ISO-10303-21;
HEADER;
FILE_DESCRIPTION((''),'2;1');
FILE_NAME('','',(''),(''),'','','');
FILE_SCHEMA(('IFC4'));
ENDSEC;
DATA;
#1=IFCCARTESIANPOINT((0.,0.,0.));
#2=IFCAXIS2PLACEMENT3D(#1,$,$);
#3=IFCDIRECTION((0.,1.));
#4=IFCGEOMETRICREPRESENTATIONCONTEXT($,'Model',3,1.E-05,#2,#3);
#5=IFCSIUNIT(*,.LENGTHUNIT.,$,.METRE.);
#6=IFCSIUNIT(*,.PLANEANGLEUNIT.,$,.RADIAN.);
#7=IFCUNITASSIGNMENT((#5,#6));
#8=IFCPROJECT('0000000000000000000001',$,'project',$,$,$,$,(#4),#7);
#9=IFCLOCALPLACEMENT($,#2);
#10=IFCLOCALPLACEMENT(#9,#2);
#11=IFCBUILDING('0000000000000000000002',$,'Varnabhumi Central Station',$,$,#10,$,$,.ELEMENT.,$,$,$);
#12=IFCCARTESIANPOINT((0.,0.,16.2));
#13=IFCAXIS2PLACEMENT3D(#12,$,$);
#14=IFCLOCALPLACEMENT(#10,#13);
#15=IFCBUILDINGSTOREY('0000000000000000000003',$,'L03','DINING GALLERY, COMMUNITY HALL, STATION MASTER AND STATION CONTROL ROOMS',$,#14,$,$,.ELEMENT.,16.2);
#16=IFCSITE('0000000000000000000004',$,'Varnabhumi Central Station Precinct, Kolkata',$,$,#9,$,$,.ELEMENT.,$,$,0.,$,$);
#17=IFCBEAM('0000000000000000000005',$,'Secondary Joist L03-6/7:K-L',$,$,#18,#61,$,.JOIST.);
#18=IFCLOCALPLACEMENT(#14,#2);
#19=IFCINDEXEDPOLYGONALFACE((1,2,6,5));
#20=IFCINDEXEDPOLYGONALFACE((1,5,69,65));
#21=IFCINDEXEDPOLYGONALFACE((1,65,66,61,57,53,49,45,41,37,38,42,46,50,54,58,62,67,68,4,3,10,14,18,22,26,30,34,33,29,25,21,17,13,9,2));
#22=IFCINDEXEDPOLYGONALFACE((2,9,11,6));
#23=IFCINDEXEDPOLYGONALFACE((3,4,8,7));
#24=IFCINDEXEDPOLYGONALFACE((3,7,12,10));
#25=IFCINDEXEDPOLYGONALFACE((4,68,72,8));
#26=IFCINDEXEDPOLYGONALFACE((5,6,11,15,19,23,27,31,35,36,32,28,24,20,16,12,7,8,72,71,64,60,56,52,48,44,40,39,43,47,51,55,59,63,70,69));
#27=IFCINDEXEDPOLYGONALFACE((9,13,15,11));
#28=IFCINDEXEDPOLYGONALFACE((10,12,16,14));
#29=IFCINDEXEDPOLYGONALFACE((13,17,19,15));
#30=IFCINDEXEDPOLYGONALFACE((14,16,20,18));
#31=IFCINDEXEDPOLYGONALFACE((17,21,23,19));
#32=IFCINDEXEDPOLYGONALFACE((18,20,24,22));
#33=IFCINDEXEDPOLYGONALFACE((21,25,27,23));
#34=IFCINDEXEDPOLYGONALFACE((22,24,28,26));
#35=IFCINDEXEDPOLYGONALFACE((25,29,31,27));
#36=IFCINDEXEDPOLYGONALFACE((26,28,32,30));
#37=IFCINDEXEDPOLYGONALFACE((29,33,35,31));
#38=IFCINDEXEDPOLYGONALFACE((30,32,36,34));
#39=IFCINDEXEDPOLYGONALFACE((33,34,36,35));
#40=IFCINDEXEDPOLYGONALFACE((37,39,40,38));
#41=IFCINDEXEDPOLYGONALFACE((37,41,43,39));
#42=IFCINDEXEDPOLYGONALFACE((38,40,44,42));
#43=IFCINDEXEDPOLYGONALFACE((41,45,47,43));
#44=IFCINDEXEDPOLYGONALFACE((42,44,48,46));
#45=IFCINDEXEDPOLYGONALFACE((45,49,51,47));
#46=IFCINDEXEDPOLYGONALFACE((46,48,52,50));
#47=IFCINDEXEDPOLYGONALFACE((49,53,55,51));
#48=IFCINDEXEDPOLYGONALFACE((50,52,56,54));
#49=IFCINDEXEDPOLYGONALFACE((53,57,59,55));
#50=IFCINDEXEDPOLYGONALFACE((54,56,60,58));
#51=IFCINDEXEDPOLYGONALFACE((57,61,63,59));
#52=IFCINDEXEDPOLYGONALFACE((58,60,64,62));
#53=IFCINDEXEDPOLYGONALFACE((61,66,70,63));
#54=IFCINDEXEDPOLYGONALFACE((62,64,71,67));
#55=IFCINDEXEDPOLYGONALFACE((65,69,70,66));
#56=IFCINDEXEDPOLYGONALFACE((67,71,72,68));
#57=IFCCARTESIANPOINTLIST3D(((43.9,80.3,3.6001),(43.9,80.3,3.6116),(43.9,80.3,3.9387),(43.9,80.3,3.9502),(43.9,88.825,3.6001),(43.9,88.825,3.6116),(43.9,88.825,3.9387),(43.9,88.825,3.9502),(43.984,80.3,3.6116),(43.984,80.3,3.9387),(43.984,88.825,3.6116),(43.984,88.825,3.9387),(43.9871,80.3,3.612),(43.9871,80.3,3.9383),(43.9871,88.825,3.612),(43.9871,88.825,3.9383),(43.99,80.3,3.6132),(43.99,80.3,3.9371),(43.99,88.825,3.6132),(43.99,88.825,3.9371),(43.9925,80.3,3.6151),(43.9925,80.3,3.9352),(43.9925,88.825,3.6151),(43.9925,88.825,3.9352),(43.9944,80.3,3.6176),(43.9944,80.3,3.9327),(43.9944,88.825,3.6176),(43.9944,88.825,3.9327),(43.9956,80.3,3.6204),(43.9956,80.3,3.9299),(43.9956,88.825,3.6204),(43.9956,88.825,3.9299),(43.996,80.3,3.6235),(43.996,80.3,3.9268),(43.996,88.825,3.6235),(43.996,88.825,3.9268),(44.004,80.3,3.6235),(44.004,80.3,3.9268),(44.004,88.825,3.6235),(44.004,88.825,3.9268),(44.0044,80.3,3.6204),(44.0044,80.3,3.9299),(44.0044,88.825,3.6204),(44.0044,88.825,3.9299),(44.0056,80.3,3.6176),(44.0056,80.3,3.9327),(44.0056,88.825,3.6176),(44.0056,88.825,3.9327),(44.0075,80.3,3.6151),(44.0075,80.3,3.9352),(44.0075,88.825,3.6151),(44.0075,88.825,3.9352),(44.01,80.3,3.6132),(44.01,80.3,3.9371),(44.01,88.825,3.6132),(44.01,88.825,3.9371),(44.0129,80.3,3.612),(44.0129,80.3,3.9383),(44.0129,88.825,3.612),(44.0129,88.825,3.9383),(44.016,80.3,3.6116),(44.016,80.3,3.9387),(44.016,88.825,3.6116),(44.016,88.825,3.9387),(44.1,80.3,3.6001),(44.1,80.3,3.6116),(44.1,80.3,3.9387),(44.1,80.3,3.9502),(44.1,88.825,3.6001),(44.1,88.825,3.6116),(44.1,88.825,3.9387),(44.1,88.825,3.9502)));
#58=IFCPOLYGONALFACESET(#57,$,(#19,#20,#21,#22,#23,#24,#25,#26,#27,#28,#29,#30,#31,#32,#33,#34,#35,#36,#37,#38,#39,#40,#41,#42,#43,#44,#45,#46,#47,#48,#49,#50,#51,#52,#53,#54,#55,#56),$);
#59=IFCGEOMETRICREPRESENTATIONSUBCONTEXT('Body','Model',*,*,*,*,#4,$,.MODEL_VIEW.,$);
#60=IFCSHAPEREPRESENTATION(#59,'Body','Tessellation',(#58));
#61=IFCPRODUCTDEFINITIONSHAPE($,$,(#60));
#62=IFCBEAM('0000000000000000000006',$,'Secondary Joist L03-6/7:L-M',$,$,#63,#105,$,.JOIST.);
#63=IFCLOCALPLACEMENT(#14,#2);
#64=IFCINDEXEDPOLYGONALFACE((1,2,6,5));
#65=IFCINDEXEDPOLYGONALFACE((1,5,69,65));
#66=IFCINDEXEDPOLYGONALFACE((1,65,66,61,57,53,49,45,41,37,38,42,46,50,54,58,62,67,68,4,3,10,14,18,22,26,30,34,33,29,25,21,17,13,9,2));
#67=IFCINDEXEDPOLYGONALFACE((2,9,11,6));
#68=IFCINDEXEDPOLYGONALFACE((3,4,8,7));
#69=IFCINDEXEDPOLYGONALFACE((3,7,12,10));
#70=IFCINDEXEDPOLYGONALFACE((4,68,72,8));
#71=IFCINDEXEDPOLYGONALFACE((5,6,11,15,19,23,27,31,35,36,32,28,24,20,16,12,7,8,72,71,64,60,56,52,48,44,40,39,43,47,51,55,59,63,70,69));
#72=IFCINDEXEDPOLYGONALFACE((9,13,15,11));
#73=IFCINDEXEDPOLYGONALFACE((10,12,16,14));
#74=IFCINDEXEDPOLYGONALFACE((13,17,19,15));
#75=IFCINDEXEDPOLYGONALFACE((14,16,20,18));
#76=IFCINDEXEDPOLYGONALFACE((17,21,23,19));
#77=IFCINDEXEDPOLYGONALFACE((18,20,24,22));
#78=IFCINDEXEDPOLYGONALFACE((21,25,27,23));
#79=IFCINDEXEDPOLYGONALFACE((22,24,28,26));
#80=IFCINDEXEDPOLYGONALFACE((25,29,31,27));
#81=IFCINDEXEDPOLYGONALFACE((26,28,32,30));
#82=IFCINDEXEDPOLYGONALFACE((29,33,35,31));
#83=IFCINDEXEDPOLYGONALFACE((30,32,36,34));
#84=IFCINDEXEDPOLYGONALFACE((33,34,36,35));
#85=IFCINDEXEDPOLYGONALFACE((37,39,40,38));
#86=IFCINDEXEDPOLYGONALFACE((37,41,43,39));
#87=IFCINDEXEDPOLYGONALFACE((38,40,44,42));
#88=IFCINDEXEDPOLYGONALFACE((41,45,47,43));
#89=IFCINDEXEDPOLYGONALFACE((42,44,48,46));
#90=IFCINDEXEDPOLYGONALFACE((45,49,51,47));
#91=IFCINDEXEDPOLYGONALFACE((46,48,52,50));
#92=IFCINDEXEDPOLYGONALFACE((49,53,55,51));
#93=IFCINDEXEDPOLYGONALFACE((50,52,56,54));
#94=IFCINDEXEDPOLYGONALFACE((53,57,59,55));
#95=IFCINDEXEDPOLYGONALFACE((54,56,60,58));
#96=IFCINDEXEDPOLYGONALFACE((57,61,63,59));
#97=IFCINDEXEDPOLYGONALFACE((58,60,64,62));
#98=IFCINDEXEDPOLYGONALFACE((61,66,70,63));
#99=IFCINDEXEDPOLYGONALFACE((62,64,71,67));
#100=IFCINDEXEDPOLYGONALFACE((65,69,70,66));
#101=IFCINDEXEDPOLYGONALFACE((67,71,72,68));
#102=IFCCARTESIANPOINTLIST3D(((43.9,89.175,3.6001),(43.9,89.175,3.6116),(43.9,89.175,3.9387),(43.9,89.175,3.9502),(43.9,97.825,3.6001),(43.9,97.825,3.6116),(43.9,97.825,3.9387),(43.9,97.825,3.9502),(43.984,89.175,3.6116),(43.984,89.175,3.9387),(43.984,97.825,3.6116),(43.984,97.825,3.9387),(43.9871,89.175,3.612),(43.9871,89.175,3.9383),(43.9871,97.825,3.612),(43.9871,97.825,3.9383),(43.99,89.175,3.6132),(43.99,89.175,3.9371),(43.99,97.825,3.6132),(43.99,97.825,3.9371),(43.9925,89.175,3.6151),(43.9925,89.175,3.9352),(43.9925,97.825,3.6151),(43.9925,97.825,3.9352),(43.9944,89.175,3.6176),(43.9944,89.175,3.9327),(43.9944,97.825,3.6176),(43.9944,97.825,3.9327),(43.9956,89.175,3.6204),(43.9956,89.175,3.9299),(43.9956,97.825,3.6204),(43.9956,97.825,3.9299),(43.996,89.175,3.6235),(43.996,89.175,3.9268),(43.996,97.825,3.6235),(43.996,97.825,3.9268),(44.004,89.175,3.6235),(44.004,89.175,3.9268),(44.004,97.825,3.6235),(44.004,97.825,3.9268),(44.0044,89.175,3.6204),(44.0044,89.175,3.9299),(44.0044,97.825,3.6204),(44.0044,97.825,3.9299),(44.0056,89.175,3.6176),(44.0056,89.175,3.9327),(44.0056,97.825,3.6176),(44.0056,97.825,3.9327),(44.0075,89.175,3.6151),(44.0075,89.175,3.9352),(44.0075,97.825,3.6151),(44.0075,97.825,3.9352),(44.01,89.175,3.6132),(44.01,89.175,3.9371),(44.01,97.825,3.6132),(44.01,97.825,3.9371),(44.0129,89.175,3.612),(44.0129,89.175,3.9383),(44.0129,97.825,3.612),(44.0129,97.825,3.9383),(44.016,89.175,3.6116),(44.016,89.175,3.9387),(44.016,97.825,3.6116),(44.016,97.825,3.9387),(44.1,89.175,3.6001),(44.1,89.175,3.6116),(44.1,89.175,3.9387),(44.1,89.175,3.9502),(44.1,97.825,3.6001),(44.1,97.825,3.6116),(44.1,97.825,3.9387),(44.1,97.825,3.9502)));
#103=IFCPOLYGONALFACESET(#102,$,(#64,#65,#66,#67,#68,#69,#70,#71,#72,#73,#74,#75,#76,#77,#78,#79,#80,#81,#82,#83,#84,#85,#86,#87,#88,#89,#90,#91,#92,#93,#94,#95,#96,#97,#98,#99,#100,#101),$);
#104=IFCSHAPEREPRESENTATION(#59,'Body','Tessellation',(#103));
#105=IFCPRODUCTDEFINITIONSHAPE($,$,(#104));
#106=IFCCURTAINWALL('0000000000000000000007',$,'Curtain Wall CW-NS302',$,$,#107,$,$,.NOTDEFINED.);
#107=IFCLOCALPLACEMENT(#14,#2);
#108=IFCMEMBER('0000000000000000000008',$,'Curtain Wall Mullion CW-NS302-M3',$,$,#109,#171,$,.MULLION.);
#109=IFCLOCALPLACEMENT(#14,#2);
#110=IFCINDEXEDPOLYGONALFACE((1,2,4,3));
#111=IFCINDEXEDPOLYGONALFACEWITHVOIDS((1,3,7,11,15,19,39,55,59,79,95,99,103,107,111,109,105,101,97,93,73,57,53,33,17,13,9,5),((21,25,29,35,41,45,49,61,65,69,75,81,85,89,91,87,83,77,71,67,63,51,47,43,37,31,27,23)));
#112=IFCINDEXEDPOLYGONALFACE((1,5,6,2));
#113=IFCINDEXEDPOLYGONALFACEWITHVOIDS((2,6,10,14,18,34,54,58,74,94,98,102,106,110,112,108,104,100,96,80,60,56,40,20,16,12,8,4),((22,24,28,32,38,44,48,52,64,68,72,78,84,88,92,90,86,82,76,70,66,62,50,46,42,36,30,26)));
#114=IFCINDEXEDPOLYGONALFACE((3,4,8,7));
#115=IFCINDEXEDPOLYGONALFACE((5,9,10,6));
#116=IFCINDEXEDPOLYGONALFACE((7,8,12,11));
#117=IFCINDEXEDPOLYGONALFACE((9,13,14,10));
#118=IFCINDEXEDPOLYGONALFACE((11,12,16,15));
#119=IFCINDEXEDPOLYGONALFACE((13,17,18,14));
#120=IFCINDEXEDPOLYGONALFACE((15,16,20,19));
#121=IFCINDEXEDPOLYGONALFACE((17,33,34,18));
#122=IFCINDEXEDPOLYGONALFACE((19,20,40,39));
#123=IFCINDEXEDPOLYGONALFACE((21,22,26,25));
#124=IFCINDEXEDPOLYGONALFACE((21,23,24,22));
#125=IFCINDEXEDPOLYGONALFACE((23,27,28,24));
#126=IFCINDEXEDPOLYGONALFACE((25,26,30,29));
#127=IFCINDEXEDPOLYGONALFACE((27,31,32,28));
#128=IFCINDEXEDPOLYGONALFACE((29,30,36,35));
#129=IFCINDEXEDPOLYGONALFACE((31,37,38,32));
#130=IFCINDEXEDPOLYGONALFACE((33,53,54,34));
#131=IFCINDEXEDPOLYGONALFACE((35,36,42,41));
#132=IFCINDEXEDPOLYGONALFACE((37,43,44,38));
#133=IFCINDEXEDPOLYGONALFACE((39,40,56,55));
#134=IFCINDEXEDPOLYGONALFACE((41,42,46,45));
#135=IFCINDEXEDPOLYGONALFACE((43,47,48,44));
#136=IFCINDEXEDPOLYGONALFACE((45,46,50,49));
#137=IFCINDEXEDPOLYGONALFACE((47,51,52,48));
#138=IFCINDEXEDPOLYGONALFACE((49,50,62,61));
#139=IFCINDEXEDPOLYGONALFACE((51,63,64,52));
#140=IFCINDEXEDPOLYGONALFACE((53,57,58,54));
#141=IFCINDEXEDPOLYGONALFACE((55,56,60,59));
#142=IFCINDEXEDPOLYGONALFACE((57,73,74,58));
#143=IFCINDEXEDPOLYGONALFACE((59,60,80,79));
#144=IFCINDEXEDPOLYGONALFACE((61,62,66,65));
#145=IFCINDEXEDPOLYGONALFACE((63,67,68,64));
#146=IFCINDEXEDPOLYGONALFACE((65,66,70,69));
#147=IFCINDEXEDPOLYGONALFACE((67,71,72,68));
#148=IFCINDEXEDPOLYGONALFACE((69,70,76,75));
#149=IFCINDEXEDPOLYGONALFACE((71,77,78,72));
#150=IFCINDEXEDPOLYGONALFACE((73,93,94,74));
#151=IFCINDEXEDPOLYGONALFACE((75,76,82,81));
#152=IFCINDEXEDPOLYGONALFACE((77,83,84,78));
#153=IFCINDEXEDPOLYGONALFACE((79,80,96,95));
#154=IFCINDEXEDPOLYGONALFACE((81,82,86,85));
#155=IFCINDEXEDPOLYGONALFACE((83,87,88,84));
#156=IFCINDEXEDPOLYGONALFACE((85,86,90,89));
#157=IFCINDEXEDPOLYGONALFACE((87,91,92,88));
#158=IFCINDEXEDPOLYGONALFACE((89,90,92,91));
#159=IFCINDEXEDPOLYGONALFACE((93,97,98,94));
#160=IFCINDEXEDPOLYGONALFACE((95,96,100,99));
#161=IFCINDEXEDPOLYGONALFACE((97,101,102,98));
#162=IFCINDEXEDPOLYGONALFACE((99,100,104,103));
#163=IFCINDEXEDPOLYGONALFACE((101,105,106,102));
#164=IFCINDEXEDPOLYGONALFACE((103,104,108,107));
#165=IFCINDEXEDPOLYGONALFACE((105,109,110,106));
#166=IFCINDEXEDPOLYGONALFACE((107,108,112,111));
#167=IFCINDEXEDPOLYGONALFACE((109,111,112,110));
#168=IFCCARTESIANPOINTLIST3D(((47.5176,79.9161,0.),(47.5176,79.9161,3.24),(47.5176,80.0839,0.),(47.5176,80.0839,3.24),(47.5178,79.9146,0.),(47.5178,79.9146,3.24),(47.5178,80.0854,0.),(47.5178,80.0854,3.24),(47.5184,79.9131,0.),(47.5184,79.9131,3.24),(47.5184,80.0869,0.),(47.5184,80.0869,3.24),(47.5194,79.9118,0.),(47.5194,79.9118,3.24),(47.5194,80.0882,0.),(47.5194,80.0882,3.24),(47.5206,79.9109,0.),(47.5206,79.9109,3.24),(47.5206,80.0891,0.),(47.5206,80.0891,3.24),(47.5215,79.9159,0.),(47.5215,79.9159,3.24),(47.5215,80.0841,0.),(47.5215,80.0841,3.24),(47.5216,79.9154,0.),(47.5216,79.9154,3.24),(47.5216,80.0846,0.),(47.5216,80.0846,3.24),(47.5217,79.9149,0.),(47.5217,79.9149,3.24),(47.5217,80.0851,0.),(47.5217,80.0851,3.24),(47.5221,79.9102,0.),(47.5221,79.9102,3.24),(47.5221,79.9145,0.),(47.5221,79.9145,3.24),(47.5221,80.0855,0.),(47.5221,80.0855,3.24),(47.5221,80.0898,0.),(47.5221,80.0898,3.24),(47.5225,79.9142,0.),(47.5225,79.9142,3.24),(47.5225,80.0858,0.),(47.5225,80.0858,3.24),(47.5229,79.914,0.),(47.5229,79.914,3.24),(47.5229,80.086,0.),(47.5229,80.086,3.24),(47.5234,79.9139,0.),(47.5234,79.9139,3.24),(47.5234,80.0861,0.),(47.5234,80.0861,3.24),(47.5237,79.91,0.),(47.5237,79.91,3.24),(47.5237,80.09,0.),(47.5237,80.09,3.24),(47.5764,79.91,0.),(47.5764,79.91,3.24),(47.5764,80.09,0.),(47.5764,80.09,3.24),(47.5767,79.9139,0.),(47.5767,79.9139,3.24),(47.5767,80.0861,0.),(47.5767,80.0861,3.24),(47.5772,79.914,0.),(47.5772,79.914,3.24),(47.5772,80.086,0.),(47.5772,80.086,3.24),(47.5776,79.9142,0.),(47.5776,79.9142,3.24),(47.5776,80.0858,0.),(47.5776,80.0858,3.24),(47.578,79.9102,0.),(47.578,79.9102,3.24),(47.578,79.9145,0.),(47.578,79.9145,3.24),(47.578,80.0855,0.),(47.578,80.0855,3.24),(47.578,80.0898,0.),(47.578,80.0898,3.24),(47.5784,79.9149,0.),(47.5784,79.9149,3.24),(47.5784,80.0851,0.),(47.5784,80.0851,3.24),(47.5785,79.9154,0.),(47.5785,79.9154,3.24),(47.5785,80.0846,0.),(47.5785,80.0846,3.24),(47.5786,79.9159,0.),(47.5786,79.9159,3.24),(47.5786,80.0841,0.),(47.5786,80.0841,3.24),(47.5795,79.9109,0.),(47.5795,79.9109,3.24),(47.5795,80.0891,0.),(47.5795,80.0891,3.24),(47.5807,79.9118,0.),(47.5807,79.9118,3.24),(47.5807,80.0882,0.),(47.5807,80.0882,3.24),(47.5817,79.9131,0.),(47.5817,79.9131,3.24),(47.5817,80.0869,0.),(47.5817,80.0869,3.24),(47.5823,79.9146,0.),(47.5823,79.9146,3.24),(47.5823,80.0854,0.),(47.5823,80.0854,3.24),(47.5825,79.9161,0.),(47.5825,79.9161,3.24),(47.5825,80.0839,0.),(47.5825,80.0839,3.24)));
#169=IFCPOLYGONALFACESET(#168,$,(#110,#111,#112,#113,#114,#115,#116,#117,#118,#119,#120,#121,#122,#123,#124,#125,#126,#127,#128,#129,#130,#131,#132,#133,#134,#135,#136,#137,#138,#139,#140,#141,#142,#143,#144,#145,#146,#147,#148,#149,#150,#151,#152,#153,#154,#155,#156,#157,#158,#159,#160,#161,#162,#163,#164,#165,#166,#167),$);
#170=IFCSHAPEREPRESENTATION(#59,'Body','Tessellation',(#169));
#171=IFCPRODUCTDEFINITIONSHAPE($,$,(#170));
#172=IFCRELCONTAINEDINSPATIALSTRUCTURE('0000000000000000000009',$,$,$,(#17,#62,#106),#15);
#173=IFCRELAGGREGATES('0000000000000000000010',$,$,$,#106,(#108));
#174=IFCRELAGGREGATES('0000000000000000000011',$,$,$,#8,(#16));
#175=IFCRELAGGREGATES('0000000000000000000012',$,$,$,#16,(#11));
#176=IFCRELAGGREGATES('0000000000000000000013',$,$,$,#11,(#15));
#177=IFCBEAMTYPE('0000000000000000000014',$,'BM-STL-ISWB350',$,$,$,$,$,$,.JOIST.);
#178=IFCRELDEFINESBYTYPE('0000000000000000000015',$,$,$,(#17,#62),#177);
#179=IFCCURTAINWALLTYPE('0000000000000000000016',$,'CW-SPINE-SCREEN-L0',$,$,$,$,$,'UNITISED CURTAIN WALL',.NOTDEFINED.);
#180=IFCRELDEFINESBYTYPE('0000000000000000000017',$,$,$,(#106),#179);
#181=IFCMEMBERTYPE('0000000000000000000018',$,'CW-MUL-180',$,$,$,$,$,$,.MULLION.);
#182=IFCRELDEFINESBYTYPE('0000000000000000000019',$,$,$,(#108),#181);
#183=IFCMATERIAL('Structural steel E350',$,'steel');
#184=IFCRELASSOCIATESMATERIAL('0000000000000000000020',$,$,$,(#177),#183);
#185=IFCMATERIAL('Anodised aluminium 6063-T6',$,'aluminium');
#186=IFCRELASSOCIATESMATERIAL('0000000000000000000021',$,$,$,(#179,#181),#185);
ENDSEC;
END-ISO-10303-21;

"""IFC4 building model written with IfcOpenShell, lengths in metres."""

from ifc_helpers import new_model, si_unit, direction, frame, origin, origin_2d, place, context, subcontext, project, spatial, hollow_rectangle, i_section, extrude, material, material_profile, profile_set, type_object, element, aggregate, save


model = new_model("IFC4")

# Units and contexts
model_context = context("Model", 3, precision=1e-05, world=origin(), true_north=direction((0.0, 1.0)))
body_context = subcontext(model_context, "Body", "Model", "MODEL_VIEW")
ifc_project = project(units=[si_unit("LENGTHUNIT", "METRE"), si_unit("PLANEANGLEUNIT", "RADIAN")], contexts=[model_context])

# Site, building, storey
site_placement = place(None, origin())
site = spatial("IfcSite", under=ifc_project, at=site_placement, Name="Varnabhumi Central Station Precinct, Kolkata", CompositionType="ELEMENT", RefElevation=0.0)
building_placement = place(site_placement, origin())
building = spatial("IfcBuilding", under=site, at=building_placement, Name="Varnabhumi Central Station", CompositionType="ELEMENT")
storey_placement = place(building_placement, frame((0.0, 0.0, 16.2)))
storey = spatial("IfcBuildingStorey", under=building, at=storey_placement, Name="L03", Description="DINING GALLERY, COMMUNITY HALL, STATION MASTER AND STATION CONTROL ROOMS", CompositionType="ELEMENT", Elevation=16.2)

# Beams
ifc_material_1 = material(Name="Structural steel E350", Category="steel")
ifc_material_profile_1 = material_profile(ifc_material_1, i_section(OverallWidth=0.2, OverallDepth=0.3501, WebThickness=0.0081, FlangeThickness=0.0115, FilletRadius=0.012, at=origin_2d()), Name="Structural steel E350", Category="steel")
ifc_profile_set_1 = profile_set([ifc_material_profile_1], Name="Structural steel E350")
beam_type_1 = type_object("IfcBeamType", Name="BM-STL-ISWB350", PredefinedType="JOIST", material=ifc_profile_set_1)
beam_1_placement = place(storey_placement, frame((44.0, 80.3, 3.7751), z_axis=(0.0, 1.0, 0.0), x_axis=(-1.0, 0.0, 0.0)))
element("IfcBeam", 1, at=beam_1_placement, inside=storey, type_object=beam_type_1, Name="Secondary Joist L03-6/7:K-L", PredefinedType="JOIST", context=body_context, shape_type="SweptSolid", body=[
    extrude(i_section(OverallWidth=0.2, OverallDepth=0.3501, WebThickness=0.0081, FlangeThickness=0.0115, FilletRadius=0.012, at=origin_2d()), origin(), (0.0, 0.0, 1.0), 8.5249),
])
beam_2_placement = place(storey_placement, frame((44.0, 89.175, 3.7751), z_axis=(0.0, 1.0, 0.0), x_axis=(-1.0, 0.0, 0.0)))
element("IfcBeam", 2, at=beam_2_placement, inside=storey, type_object=beam_type_1, Name="Secondary Joist L03-6/7:L-M", PredefinedType="JOIST", context=body_context, shape_type="SweptSolid", body=[
    extrude(i_section(OverallWidth=0.2, OverallDepth=0.3501, WebThickness=0.0081, FlangeThickness=0.0115, FilletRadius=0.012, at=origin_2d()), origin(), (0.0, 0.0, 1.0), 8.6499),
])

# Curtain wall, member
ifc_material_2 = material(Name="Anodised aluminium 6063-T6", Category="aluminium")
curtain_wall_type_1 = type_object("IfcCurtainWallType", Name="CW-SPINE-SCREEN-L0", ElementType="UNITISED CURTAIN WALL", PredefinedType="NOTDEFINED", material=ifc_material_2)
curtain_wall_1_placement = place(storey_placement, origin())
curtain_wall_1 = element("IfcCurtainWall", 3, at=curtain_wall_1_placement, inside=storey, type_object=curtain_wall_type_1, Name="Curtain Wall CW-NS302", PredefinedType="NOTDEFINED")
ifc_material_profile_2 = material_profile(ifc_material_2, hollow_rectangle(XDim=0.0649, YDim=0.1799, WallThickness=0.0039, InnerFilletRadius=0.002, OuterFilletRadius=0.0061, at=origin_2d()), Name="Anodised aluminium 6063-T6", Category="aluminium")
ifc_profile_set_2 = profile_set([ifc_material_profile_2], Name="Anodised aluminium 6063-T6")
member_type_1 = type_object("IfcMemberType", Name="CW-MUL-180", PredefinedType="MULLION", material=ifc_profile_set_2)
member_1_placement = place(storey_placement, frame((47.55, 80.0, 0.0), z_axis=(0.0, 0.0, 1.0), x_axis=(1.0, 0.0, 0.0)))
member_1 = element("IfcMember", 4, at=member_1_placement, type_object=member_type_1, Name="Curtain Wall Mullion CW-NS302-M3", PredefinedType="MULLION", context=body_context, shape_type="SweptSolid", body=[
    extrude(hollow_rectangle(XDim=0.0649, YDim=0.1799, WallThickness=0.0039, InnerFilletRadius=0.002, OuterFilletRadius=0.0061, at=origin_2d()), origin(), (0.0, 0.0, 1.0), 3.24),
])

aggregate(curtain_wall_1, [member_1])

save(model, "model.ifc")
